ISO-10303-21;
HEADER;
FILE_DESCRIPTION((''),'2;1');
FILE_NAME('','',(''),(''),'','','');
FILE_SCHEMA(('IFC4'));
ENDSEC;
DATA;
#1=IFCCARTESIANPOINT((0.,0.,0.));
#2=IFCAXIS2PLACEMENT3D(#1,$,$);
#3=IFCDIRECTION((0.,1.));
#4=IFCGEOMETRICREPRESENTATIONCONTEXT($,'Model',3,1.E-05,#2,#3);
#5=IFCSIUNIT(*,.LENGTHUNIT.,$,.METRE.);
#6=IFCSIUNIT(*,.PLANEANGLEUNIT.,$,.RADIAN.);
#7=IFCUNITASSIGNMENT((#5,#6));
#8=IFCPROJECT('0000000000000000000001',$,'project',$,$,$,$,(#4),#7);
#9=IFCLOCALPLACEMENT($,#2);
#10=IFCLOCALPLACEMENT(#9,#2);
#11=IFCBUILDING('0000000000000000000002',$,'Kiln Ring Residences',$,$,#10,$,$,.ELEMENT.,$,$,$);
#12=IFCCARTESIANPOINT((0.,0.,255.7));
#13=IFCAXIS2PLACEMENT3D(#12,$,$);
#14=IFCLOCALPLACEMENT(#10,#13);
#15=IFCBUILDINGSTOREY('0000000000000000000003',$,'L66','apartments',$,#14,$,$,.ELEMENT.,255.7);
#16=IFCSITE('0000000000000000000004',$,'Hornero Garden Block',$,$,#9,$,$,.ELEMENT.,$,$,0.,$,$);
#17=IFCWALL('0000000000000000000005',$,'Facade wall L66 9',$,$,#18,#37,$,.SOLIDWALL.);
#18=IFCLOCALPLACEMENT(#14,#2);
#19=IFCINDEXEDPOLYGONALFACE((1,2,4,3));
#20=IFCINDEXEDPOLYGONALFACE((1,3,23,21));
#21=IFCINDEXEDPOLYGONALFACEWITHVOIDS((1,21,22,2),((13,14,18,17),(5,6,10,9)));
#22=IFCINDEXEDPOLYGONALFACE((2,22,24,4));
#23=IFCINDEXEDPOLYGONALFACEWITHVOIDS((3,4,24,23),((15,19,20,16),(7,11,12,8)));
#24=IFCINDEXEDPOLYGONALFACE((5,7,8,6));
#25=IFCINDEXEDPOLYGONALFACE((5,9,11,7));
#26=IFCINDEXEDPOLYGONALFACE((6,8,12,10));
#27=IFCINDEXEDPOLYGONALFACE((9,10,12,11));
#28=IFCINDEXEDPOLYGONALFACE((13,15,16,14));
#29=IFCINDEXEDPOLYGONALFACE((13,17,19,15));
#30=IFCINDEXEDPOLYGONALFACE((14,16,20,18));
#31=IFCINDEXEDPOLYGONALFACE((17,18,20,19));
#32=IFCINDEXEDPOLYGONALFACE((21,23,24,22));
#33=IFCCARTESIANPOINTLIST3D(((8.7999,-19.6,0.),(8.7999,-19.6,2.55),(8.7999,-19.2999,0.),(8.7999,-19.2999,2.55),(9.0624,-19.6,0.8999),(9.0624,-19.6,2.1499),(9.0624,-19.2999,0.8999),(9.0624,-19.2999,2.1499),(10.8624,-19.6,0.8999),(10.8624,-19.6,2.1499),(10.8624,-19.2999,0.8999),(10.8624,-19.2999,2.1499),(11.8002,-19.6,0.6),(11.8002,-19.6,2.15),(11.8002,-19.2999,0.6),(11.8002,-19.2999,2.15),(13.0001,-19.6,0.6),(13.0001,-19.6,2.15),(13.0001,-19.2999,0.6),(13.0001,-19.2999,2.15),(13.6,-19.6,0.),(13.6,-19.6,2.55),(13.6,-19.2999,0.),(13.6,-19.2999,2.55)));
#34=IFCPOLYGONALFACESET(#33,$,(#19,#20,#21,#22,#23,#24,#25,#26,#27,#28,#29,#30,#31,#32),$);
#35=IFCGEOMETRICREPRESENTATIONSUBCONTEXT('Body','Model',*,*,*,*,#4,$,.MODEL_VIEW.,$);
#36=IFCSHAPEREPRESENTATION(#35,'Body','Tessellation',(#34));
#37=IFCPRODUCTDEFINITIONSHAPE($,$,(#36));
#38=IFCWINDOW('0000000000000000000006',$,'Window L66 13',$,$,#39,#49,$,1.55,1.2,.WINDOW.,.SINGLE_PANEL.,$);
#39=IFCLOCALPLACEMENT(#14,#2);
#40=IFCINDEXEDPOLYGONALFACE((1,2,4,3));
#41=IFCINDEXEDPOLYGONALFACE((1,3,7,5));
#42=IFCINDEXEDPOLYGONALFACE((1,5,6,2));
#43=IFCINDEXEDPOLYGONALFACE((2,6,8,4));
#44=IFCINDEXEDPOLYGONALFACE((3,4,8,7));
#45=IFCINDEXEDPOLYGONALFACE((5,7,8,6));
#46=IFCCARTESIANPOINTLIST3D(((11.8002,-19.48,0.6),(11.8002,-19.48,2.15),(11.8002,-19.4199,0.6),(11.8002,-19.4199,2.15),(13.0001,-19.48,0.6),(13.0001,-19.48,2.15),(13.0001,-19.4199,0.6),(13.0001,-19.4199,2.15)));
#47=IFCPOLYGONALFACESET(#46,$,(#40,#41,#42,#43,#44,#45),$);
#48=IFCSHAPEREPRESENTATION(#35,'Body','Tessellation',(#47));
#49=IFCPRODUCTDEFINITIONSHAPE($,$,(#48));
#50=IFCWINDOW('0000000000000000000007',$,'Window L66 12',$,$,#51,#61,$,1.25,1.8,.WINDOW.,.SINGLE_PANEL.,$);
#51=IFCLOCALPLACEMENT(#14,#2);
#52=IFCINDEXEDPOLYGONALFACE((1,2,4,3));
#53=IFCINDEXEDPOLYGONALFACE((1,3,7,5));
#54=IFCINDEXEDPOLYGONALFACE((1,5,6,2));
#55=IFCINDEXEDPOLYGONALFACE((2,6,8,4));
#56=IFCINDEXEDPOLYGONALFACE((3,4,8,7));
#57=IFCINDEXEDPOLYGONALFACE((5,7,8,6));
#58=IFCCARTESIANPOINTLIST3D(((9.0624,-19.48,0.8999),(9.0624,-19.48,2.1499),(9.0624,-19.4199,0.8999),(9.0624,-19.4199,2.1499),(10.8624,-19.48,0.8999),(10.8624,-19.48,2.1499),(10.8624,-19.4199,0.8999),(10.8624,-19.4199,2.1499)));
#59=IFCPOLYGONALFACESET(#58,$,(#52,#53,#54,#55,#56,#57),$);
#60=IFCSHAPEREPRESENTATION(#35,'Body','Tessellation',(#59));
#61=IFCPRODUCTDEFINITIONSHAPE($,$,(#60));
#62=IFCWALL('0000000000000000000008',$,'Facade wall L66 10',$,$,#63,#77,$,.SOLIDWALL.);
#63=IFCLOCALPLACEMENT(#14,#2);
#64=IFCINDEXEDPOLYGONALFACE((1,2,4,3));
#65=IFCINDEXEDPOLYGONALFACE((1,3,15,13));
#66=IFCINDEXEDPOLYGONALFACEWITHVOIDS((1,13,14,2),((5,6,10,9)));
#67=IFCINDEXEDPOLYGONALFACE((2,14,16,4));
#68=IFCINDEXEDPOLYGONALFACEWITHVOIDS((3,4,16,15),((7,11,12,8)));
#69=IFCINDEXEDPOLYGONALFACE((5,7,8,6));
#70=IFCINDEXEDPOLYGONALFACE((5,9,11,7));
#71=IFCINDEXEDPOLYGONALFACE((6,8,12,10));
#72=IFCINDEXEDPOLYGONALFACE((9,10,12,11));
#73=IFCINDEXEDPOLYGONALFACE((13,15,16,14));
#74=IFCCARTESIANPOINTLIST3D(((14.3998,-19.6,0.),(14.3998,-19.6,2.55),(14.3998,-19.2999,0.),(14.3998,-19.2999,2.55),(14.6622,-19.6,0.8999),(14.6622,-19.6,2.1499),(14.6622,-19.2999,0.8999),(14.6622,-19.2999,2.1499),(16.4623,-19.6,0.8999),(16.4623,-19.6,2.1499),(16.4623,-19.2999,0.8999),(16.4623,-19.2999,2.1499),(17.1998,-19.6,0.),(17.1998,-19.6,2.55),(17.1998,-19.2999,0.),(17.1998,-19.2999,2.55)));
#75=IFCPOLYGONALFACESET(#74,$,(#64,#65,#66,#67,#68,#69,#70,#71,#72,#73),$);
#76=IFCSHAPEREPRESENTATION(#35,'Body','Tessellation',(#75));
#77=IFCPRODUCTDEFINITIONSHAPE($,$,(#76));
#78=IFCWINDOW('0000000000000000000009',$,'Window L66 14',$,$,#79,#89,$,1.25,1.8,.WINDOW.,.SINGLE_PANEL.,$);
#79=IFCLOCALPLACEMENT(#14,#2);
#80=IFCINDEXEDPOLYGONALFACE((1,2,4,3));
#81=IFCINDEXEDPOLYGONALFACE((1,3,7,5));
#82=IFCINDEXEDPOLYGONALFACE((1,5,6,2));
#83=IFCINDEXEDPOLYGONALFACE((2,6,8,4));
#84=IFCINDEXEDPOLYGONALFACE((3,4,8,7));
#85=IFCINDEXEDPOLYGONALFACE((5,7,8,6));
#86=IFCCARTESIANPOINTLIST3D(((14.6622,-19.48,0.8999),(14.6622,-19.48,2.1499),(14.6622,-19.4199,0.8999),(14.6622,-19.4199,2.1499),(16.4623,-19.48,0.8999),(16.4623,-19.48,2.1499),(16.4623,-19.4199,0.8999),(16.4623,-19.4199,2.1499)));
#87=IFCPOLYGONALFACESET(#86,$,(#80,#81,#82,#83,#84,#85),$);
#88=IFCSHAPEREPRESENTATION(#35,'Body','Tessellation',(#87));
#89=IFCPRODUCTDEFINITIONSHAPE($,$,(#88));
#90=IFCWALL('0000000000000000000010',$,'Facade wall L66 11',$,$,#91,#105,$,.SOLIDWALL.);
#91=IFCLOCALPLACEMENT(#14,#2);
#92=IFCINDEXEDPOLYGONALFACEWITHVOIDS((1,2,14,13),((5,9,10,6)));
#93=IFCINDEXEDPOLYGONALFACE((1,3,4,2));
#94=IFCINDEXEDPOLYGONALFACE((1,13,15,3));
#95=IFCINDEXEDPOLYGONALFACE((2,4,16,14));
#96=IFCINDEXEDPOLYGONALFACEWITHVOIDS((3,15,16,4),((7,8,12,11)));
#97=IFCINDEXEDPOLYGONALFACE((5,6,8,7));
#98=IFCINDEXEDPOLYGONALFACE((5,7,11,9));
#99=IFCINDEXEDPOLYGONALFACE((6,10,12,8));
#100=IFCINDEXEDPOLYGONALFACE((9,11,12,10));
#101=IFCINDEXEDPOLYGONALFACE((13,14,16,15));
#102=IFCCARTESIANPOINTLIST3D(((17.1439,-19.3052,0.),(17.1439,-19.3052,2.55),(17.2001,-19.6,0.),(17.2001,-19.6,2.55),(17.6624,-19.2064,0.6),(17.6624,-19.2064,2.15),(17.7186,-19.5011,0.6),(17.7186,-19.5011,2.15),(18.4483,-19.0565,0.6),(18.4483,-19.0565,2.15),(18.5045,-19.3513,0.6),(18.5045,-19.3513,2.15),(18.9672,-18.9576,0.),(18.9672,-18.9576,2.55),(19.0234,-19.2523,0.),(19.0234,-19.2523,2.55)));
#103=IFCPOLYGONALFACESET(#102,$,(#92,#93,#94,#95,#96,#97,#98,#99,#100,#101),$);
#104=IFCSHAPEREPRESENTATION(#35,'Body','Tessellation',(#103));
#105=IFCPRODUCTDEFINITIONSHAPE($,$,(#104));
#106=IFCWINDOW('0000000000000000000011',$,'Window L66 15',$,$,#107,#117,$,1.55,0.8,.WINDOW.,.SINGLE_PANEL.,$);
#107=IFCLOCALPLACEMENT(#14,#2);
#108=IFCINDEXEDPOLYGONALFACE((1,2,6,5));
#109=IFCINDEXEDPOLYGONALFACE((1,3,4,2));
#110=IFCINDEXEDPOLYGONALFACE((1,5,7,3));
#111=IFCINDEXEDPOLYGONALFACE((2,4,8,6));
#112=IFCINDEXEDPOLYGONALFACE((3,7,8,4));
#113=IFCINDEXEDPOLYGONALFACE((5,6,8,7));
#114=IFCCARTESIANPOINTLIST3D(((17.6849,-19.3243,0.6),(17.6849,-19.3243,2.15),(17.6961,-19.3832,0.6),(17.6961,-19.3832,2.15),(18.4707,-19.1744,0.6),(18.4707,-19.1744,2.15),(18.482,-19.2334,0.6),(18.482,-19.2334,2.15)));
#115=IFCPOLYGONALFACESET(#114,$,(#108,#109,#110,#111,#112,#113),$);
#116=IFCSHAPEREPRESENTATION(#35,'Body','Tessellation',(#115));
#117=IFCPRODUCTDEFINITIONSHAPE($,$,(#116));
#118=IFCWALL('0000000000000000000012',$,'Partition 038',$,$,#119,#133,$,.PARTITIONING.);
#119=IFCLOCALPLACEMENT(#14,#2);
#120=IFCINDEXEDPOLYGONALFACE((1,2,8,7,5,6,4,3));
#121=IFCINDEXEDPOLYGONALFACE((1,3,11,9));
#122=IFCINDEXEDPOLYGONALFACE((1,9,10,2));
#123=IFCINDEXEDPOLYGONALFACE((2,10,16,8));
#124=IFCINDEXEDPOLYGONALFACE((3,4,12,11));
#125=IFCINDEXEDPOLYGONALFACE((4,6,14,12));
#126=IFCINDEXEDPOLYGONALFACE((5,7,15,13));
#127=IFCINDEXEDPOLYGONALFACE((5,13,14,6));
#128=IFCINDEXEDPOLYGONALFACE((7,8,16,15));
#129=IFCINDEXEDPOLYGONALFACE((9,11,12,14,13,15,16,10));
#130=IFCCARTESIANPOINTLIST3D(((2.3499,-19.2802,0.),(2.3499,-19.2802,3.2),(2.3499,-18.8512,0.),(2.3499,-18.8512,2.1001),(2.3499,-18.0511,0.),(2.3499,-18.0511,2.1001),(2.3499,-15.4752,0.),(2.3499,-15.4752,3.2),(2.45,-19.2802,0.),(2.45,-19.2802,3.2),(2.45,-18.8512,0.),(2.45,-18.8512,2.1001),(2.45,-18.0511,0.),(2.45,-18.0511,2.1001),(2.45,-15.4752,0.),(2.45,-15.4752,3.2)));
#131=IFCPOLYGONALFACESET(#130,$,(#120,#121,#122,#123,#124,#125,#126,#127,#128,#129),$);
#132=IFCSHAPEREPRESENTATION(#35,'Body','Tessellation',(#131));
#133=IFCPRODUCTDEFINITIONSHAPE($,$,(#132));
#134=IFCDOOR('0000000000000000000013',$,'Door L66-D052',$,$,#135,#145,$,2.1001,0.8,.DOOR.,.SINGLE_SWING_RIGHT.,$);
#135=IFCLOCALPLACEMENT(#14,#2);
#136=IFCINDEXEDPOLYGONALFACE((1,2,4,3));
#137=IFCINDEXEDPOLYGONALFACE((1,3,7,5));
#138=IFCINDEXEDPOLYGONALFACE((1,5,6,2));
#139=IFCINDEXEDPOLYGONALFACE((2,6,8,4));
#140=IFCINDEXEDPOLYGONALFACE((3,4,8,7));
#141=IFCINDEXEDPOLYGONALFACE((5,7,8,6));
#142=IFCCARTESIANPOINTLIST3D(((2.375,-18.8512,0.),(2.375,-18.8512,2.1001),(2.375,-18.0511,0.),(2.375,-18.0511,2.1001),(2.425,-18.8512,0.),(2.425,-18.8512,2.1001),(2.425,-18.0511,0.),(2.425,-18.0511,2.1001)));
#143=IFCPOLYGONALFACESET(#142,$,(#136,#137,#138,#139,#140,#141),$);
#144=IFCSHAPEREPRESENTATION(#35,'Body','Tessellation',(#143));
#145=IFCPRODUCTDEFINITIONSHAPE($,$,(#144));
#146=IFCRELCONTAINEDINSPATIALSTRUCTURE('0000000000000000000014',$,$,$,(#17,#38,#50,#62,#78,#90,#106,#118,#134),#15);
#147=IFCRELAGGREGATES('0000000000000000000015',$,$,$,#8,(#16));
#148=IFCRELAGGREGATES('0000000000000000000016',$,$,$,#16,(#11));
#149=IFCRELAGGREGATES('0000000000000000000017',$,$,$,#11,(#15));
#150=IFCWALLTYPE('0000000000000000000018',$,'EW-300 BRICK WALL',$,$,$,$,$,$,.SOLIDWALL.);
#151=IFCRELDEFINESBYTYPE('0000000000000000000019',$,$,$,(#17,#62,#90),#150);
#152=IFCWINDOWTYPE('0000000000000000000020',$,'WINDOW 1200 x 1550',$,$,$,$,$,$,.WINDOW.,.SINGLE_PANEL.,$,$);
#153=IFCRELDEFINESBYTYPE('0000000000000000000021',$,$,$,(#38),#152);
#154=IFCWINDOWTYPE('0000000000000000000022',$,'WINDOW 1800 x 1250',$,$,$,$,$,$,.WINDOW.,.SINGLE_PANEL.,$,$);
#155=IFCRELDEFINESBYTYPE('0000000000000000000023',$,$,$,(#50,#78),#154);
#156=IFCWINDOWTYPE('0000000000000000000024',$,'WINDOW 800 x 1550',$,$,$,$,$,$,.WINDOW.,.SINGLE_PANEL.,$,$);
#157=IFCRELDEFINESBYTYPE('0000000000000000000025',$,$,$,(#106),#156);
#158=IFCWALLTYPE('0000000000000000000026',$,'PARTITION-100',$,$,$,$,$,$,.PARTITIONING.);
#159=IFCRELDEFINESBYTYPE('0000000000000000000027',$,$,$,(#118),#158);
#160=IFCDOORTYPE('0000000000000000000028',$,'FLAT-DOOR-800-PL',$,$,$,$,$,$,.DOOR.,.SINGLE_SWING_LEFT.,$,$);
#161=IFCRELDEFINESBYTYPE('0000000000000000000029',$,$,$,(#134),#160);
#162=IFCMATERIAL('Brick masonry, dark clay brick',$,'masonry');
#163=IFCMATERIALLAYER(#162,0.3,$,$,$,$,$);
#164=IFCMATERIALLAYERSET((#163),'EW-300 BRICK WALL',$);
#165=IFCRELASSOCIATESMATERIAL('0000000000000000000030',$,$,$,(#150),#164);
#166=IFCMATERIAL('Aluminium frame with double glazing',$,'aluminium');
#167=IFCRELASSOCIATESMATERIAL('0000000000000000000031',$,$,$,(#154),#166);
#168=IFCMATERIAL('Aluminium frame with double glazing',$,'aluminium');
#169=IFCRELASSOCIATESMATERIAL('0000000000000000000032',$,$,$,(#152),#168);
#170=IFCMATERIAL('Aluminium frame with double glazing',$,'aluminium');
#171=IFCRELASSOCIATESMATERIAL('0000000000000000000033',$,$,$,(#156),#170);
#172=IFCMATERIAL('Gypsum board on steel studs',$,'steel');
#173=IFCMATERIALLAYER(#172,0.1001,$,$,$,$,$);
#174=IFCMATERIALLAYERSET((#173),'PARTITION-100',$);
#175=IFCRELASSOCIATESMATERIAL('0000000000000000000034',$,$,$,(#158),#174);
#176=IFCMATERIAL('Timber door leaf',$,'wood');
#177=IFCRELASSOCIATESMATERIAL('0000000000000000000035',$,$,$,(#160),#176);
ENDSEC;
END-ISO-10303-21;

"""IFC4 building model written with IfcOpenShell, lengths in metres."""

from ifc_helpers import new_model, si_unit, direction, frame, frame_2d, origin, place, context, subcontext, project, spatial, rectangle, extrude, material, layer, layer_set, type_object, element, fill, save


model = new_model("IFC4")

# Units and contexts
model_context = context("Model", 3, precision=1e-05, world=origin(), true_north=direction((0.0, 1.0)))
body_context = subcontext(model_context, "Body", "Model", "MODEL_VIEW")
ifc_project = project(units=[si_unit("LENGTHUNIT", "METRE"), si_unit("PLANEANGLEUNIT", "RADIAN")], contexts=[model_context])

# Site, building, storey
site_placement = place(None, origin())
site = spatial("IfcSite", under=ifc_project, at=site_placement, Name="Hornero Garden Block", CompositionType="ELEMENT", RefElevation=0.0)
building_placement = place(site_placement, origin())
building = spatial("IfcBuilding", under=site, at=building_placement, Name="Kiln Ring Residences", CompositionType="ELEMENT")
storey_placement = place(building_placement, frame((0.0, 0.0, 255.7)))
storey = spatial("IfcBuildingStorey", under=building, at=storey_placement, Name="L66", Description="apartments", CompositionType="ELEMENT", Elevation=255.7)

# Wall, openings, windows
ifc_material_1 = material(Name="Brick masonry, dark clay brick", Category="masonry")
ifc_layer_1 = layer(ifc_material_1, 0.3)
ifc_layer_set_1 = layer_set([ifc_layer_1], Name="EW-300 BRICK WALL")
wall_type_1 = type_object("IfcWallType", Name="EW-300 BRICK WALL", PredefinedType="SOLIDWALL", material=ifc_layer_set_1)
ifc_material_2 = material(Name="Aluminium frame with double glazing", Category="aluminium")
window_type_1 = type_object("IfcWindowType", Name="WINDOW 1800 x 1250", PartitioningType="SINGLE_PANEL", PredefinedType="WINDOW", material=ifc_material_2)
wall_1_placement = place(storey_placement, frame((8.8, -19.45, 0.0), z_axis=(0.0, 0.0, 1.0), x_axis=(1.0, 0.0, 0.0)))
wall_1 = element("IfcWall", 1, at=wall_1_placement, inside=storey, type_object=wall_type_1, Name="Facade wall L66 9", PredefinedType="SOLIDWALL", context=body_context, shape_type="SweptSolid", body=[
    extrude(rectangle(XDim=4.8, YDim=0.3, at=frame_2d((2.3999, 0.0))), origin(), (0.0, 0.0, 1.0), 2.55),
])
opening_1_placement = place(wall_1_placement, frame((0.2625, 0.0, 0.8999)))
opening_1 = element("IfcOpeningElement", 2, at=opening_1_placement, cuts=wall_1, PredefinedType="OPENING", context=body_context, shape_type="SweptSolid", body=[
    extrude(rectangle(XDim=1.8, YDim=1.25, at=frame_2d((0.8999, 0.625))), frame((0.0, 0.1599, 0.0), z_axis=(0.0, -1.0, 0.0), x_axis=(1.0, 0.0, 0.0)), (0.0, 0.0, 1.0), 0.3201),
])
opening_2_placement = place(wall_1_placement, frame((3.0, 0.0, 0.6001)))
opening_2 = element("IfcOpeningElement", 3, at=opening_2_placement, cuts=wall_1, PredefinedType="OPENING", context=body_context, shape_type="SweptSolid", body=[
    extrude(rectangle(XDim=1.2, YDim=1.55, at=frame_2d((0.6001, 0.7749))), frame((0.0, 0.1599, 0.0), z_axis=(0.0, -1.0, 0.0), x_axis=(1.0, 0.0, 0.0)), (0.0, 0.0, 1.0), 0.3201),
])
ifc_material_3 = material(Name="Aluminium frame with double glazing", Category="aluminium")
window_type_2 = type_object("IfcWindowType", Name="WINDOW 1200 x 1550", PartitioningType="SINGLE_PANEL", PredefinedType="WINDOW", material=ifc_material_3)
window_1_placement = place(opening_2_placement, origin())
window_1 = element("IfcWindow", 4, at=window_1_placement, inside=storey, type_object=window_type_2, Name="Window L66 13", OverallHeight=1.55, OverallWidth=1.2, PartitioningType="SINGLE_PANEL", PredefinedType="WINDOW", context=body_context, shape_type="SweptSolid", body=[
    extrude(rectangle(XDim=1.2, YDim=1.55, at=frame_2d((0.6001, 0.7749))), frame((0.0, 0.03, 0.0), z_axis=(0.0, -1.0, 0.0), x_axis=(1.0, 0.0, 0.0)), (0.0, 0.0, 1.0), 0.0601),
])
fill(opening_2, window_1)
window_2_placement = place(opening_1_placement, origin())
window_2 = element("IfcWindow", 5, at=window_2_placement, inside=storey, type_object=window_type_1, Name="Window L66 12", OverallHeight=1.25, OverallWidth=1.8, PartitioningType="SINGLE_PANEL", PredefinedType="WINDOW", context=body_context, shape_type="SweptSolid", body=[
    extrude(rectangle(XDim=1.8, YDim=1.25, at=frame_2d((0.8999, 0.625))), frame((0.0, 0.03, 0.0), z_axis=(0.0, -1.0, 0.0), x_axis=(1.0, 0.0, 0.0)), (0.0, 0.0, 1.0), 0.0601),
])
fill(opening_1, window_2)

# Walls, openings, windows
wall_2_placement = place(storey_placement, frame((14.3999, -19.45, 0.0), z_axis=(0.0, 0.0, 1.0), x_axis=(1.0, 0.0, 0.0)))
wall_2 = element("IfcWall", 6, at=wall_2_placement, inside=storey, type_object=wall_type_1, Name="Facade wall L66 10", PredefinedType="SOLIDWALL", context=body_context, shape_type="SweptSolid", body=[
    extrude(rectangle(XDim=2.8, YDim=0.3, at=frame_2d((1.3999, 0.0))), origin(), (0.0, 0.0, 1.0), 2.55),
])
opening_3_placement = place(wall_2_placement, frame((0.2625, 0.0, 0.8999)))
opening_3 = element("IfcOpeningElement", 7, at=opening_3_placement, cuts=wall_2, PredefinedType="OPENING", context=body_context, shape_type="SweptSolid", body=[
    extrude(rectangle(XDim=1.8, YDim=1.25, at=frame_2d((0.8999, 0.625))), frame((0.0, 0.1599, 0.0), z_axis=(0.0, -1.0, 0.0), x_axis=(1.0, 0.0, 0.0)), (0.0, 0.0, 1.0), 0.3201),
])
window_3_placement = place(opening_3_placement, origin())
window_3 = element("IfcWindow", 8, at=window_3_placement, inside=storey, type_object=window_type_1, Name="Window L66 14", OverallHeight=1.25, OverallWidth=1.8, PartitioningType="SINGLE_PANEL", PredefinedType="WINDOW", context=body_context, shape_type="SweptSolid", body=[
    extrude(rectangle(XDim=1.8, YDim=1.25, at=frame_2d((0.8999, 0.625))), frame((0.0, 0.03, 0.0), z_axis=(0.0, -1.0, 0.0), x_axis=(1.0, 0.0, 0.0)), (0.0, 0.0, 1.0), 0.0601),
])
fill(opening_3, window_3)
wall_3_placement = place(storey_placement, frame((17.1719, -19.4526, 0.0), z_axis=(0.0, 0.0, 1.0), x_axis=(0.982302, 0.187306, 0.0)))
wall_3 = element("IfcWall", 9, at=wall_3_placement, inside=storey, type_object=wall_type_1, Name="Facade wall L66 11", PredefinedType="SOLIDWALL", context=body_context, shape_type="SweptSolid", body=[
    extrude(rectangle(XDim=1.8562, YDim=0.3, at=frame_2d((0.9282, 0.0))), origin(), (0.0, 0.0, 1.0), 2.55),
])
opening_4_placement = place(wall_3_placement, frame((0.5281, 0.0, 0.6001)))
opening_4 = element("IfcOpeningElement", 10, at=opening_4_placement, cuts=wall_3, PredefinedType="OPENING", context=body_context, shape_type="SweptSolid", body=[
    extrude(rectangle(XDim=0.8, YDim=1.55, at=frame_2d((0.3999, 0.7749))), frame((0.0, 0.1599, 0.0), z_axis=(0.0, -1.0, 0.0), x_axis=(1.0, 0.0, 0.0)), (0.0, 0.0, 1.0), 0.3201),
])
ifc_material_4 = material(Name="Aluminium frame with double glazing", Category="aluminium")
window_type_3 = type_object("IfcWindowType", Name="WINDOW 800 x 1550", PartitioningType="SINGLE_PANEL", PredefinedType="WINDOW", material=ifc_material_4)
window_4_placement = place(opening_4_placement, origin())
window_4 = element("IfcWindow", 11, at=window_4_placement, inside=storey, type_object=window_type_3, Name="Window L66 15", OverallHeight=1.55, OverallWidth=0.8, PartitioningType="SINGLE_PANEL", PredefinedType="WINDOW", context=body_context, shape_type="SweptSolid", body=[
    extrude(rectangle(XDim=0.8, YDim=1.55, at=frame_2d((0.3999, 0.7749))), frame((0.0, 0.03, 0.0), z_axis=(0.0, -1.0, 0.0), x_axis=(1.0, 0.0, 0.0)), (0.0, 0.0, 1.0), 0.0601),
])
fill(opening_4, window_4)

# Wall, opening, door
ifc_material_5 = material(Name="Gypsum board on steel studs", Category="steel")
ifc_layer_2 = layer(ifc_material_5, 0.1001)
ifc_layer_set_2 = layer_set([ifc_layer_2], Name="PARTITION-100")
wall_type_2 = type_object("IfcWallType", Name="PARTITION-100", PredefinedType="PARTITIONING", material=ifc_layer_set_2)
wall_4_placement = place(storey_placement, frame((2.3999, -19.28, 0.0), z_axis=(0.0, 0.0, 1.0), x_axis=(0.0, 1.0, 0.0)))
wall_4 = element("IfcWall", 12, at=wall_4_placement, inside=storey, type_object=wall_type_2, Name="Partition 038", PredefinedType="PARTITIONING", context=body_context, shape_type="SweptSolid", body=[
    extrude(rectangle(XDim=3.8049, YDim=0.1001, at=frame_2d((1.9023, 0.0))), origin(), (0.0, 0.0, 1.0), 3.2),
])
opening_5_placement = place(wall_4_placement, frame((0.429, 0.0, 0.0)))
opening_5 = element("IfcOpeningElement", 13, at=opening_5_placement, cuts=wall_4, PredefinedType="OPENING", context=body_context, shape_type="SweptSolid", body=[
    extrude(rectangle(XDim=0.8, YDim=2.1001, at=frame_2d((0.3999, 1.05))), frame((0.0, 0.0601, 0.0), z_axis=(0.0, -1.0, 0.0), x_axis=(1.0, 0.0, 0.0)), (0.0, 0.0, 1.0), 0.1201),
])
ifc_material_6 = material(Name="Timber door leaf", Category="wood")
door_type_1 = type_object("IfcDoorType", Name="FLAT-DOOR-800-PL", OperationType="SINGLE_SWING_LEFT", PredefinedType="DOOR", material=ifc_material_6)
door_1_placement = place(opening_5_placement, origin())
door_1 = element("IfcDoor", 14, at=door_1_placement, inside=storey, type_object=door_type_1, Name="Door L66-D052", OperationType="SINGLE_SWING_RIGHT", OverallHeight=2.1001, OverallWidth=0.8, PredefinedType="DOOR", context=body_context, shape_type="SweptSolid", body=[
    extrude(rectangle(XDim=0.8, YDim=2.1001, at=frame_2d((0.3999, 1.05))), frame((0.0, 0.0249, 0.0), z_axis=(0.0, -1.0, 0.0), x_axis=(1.0, 0.0, 0.0)), (0.0, 0.0, 1.0), 0.05),
])
fill(opening_5, door_1)

save(model, "model.ifc")
